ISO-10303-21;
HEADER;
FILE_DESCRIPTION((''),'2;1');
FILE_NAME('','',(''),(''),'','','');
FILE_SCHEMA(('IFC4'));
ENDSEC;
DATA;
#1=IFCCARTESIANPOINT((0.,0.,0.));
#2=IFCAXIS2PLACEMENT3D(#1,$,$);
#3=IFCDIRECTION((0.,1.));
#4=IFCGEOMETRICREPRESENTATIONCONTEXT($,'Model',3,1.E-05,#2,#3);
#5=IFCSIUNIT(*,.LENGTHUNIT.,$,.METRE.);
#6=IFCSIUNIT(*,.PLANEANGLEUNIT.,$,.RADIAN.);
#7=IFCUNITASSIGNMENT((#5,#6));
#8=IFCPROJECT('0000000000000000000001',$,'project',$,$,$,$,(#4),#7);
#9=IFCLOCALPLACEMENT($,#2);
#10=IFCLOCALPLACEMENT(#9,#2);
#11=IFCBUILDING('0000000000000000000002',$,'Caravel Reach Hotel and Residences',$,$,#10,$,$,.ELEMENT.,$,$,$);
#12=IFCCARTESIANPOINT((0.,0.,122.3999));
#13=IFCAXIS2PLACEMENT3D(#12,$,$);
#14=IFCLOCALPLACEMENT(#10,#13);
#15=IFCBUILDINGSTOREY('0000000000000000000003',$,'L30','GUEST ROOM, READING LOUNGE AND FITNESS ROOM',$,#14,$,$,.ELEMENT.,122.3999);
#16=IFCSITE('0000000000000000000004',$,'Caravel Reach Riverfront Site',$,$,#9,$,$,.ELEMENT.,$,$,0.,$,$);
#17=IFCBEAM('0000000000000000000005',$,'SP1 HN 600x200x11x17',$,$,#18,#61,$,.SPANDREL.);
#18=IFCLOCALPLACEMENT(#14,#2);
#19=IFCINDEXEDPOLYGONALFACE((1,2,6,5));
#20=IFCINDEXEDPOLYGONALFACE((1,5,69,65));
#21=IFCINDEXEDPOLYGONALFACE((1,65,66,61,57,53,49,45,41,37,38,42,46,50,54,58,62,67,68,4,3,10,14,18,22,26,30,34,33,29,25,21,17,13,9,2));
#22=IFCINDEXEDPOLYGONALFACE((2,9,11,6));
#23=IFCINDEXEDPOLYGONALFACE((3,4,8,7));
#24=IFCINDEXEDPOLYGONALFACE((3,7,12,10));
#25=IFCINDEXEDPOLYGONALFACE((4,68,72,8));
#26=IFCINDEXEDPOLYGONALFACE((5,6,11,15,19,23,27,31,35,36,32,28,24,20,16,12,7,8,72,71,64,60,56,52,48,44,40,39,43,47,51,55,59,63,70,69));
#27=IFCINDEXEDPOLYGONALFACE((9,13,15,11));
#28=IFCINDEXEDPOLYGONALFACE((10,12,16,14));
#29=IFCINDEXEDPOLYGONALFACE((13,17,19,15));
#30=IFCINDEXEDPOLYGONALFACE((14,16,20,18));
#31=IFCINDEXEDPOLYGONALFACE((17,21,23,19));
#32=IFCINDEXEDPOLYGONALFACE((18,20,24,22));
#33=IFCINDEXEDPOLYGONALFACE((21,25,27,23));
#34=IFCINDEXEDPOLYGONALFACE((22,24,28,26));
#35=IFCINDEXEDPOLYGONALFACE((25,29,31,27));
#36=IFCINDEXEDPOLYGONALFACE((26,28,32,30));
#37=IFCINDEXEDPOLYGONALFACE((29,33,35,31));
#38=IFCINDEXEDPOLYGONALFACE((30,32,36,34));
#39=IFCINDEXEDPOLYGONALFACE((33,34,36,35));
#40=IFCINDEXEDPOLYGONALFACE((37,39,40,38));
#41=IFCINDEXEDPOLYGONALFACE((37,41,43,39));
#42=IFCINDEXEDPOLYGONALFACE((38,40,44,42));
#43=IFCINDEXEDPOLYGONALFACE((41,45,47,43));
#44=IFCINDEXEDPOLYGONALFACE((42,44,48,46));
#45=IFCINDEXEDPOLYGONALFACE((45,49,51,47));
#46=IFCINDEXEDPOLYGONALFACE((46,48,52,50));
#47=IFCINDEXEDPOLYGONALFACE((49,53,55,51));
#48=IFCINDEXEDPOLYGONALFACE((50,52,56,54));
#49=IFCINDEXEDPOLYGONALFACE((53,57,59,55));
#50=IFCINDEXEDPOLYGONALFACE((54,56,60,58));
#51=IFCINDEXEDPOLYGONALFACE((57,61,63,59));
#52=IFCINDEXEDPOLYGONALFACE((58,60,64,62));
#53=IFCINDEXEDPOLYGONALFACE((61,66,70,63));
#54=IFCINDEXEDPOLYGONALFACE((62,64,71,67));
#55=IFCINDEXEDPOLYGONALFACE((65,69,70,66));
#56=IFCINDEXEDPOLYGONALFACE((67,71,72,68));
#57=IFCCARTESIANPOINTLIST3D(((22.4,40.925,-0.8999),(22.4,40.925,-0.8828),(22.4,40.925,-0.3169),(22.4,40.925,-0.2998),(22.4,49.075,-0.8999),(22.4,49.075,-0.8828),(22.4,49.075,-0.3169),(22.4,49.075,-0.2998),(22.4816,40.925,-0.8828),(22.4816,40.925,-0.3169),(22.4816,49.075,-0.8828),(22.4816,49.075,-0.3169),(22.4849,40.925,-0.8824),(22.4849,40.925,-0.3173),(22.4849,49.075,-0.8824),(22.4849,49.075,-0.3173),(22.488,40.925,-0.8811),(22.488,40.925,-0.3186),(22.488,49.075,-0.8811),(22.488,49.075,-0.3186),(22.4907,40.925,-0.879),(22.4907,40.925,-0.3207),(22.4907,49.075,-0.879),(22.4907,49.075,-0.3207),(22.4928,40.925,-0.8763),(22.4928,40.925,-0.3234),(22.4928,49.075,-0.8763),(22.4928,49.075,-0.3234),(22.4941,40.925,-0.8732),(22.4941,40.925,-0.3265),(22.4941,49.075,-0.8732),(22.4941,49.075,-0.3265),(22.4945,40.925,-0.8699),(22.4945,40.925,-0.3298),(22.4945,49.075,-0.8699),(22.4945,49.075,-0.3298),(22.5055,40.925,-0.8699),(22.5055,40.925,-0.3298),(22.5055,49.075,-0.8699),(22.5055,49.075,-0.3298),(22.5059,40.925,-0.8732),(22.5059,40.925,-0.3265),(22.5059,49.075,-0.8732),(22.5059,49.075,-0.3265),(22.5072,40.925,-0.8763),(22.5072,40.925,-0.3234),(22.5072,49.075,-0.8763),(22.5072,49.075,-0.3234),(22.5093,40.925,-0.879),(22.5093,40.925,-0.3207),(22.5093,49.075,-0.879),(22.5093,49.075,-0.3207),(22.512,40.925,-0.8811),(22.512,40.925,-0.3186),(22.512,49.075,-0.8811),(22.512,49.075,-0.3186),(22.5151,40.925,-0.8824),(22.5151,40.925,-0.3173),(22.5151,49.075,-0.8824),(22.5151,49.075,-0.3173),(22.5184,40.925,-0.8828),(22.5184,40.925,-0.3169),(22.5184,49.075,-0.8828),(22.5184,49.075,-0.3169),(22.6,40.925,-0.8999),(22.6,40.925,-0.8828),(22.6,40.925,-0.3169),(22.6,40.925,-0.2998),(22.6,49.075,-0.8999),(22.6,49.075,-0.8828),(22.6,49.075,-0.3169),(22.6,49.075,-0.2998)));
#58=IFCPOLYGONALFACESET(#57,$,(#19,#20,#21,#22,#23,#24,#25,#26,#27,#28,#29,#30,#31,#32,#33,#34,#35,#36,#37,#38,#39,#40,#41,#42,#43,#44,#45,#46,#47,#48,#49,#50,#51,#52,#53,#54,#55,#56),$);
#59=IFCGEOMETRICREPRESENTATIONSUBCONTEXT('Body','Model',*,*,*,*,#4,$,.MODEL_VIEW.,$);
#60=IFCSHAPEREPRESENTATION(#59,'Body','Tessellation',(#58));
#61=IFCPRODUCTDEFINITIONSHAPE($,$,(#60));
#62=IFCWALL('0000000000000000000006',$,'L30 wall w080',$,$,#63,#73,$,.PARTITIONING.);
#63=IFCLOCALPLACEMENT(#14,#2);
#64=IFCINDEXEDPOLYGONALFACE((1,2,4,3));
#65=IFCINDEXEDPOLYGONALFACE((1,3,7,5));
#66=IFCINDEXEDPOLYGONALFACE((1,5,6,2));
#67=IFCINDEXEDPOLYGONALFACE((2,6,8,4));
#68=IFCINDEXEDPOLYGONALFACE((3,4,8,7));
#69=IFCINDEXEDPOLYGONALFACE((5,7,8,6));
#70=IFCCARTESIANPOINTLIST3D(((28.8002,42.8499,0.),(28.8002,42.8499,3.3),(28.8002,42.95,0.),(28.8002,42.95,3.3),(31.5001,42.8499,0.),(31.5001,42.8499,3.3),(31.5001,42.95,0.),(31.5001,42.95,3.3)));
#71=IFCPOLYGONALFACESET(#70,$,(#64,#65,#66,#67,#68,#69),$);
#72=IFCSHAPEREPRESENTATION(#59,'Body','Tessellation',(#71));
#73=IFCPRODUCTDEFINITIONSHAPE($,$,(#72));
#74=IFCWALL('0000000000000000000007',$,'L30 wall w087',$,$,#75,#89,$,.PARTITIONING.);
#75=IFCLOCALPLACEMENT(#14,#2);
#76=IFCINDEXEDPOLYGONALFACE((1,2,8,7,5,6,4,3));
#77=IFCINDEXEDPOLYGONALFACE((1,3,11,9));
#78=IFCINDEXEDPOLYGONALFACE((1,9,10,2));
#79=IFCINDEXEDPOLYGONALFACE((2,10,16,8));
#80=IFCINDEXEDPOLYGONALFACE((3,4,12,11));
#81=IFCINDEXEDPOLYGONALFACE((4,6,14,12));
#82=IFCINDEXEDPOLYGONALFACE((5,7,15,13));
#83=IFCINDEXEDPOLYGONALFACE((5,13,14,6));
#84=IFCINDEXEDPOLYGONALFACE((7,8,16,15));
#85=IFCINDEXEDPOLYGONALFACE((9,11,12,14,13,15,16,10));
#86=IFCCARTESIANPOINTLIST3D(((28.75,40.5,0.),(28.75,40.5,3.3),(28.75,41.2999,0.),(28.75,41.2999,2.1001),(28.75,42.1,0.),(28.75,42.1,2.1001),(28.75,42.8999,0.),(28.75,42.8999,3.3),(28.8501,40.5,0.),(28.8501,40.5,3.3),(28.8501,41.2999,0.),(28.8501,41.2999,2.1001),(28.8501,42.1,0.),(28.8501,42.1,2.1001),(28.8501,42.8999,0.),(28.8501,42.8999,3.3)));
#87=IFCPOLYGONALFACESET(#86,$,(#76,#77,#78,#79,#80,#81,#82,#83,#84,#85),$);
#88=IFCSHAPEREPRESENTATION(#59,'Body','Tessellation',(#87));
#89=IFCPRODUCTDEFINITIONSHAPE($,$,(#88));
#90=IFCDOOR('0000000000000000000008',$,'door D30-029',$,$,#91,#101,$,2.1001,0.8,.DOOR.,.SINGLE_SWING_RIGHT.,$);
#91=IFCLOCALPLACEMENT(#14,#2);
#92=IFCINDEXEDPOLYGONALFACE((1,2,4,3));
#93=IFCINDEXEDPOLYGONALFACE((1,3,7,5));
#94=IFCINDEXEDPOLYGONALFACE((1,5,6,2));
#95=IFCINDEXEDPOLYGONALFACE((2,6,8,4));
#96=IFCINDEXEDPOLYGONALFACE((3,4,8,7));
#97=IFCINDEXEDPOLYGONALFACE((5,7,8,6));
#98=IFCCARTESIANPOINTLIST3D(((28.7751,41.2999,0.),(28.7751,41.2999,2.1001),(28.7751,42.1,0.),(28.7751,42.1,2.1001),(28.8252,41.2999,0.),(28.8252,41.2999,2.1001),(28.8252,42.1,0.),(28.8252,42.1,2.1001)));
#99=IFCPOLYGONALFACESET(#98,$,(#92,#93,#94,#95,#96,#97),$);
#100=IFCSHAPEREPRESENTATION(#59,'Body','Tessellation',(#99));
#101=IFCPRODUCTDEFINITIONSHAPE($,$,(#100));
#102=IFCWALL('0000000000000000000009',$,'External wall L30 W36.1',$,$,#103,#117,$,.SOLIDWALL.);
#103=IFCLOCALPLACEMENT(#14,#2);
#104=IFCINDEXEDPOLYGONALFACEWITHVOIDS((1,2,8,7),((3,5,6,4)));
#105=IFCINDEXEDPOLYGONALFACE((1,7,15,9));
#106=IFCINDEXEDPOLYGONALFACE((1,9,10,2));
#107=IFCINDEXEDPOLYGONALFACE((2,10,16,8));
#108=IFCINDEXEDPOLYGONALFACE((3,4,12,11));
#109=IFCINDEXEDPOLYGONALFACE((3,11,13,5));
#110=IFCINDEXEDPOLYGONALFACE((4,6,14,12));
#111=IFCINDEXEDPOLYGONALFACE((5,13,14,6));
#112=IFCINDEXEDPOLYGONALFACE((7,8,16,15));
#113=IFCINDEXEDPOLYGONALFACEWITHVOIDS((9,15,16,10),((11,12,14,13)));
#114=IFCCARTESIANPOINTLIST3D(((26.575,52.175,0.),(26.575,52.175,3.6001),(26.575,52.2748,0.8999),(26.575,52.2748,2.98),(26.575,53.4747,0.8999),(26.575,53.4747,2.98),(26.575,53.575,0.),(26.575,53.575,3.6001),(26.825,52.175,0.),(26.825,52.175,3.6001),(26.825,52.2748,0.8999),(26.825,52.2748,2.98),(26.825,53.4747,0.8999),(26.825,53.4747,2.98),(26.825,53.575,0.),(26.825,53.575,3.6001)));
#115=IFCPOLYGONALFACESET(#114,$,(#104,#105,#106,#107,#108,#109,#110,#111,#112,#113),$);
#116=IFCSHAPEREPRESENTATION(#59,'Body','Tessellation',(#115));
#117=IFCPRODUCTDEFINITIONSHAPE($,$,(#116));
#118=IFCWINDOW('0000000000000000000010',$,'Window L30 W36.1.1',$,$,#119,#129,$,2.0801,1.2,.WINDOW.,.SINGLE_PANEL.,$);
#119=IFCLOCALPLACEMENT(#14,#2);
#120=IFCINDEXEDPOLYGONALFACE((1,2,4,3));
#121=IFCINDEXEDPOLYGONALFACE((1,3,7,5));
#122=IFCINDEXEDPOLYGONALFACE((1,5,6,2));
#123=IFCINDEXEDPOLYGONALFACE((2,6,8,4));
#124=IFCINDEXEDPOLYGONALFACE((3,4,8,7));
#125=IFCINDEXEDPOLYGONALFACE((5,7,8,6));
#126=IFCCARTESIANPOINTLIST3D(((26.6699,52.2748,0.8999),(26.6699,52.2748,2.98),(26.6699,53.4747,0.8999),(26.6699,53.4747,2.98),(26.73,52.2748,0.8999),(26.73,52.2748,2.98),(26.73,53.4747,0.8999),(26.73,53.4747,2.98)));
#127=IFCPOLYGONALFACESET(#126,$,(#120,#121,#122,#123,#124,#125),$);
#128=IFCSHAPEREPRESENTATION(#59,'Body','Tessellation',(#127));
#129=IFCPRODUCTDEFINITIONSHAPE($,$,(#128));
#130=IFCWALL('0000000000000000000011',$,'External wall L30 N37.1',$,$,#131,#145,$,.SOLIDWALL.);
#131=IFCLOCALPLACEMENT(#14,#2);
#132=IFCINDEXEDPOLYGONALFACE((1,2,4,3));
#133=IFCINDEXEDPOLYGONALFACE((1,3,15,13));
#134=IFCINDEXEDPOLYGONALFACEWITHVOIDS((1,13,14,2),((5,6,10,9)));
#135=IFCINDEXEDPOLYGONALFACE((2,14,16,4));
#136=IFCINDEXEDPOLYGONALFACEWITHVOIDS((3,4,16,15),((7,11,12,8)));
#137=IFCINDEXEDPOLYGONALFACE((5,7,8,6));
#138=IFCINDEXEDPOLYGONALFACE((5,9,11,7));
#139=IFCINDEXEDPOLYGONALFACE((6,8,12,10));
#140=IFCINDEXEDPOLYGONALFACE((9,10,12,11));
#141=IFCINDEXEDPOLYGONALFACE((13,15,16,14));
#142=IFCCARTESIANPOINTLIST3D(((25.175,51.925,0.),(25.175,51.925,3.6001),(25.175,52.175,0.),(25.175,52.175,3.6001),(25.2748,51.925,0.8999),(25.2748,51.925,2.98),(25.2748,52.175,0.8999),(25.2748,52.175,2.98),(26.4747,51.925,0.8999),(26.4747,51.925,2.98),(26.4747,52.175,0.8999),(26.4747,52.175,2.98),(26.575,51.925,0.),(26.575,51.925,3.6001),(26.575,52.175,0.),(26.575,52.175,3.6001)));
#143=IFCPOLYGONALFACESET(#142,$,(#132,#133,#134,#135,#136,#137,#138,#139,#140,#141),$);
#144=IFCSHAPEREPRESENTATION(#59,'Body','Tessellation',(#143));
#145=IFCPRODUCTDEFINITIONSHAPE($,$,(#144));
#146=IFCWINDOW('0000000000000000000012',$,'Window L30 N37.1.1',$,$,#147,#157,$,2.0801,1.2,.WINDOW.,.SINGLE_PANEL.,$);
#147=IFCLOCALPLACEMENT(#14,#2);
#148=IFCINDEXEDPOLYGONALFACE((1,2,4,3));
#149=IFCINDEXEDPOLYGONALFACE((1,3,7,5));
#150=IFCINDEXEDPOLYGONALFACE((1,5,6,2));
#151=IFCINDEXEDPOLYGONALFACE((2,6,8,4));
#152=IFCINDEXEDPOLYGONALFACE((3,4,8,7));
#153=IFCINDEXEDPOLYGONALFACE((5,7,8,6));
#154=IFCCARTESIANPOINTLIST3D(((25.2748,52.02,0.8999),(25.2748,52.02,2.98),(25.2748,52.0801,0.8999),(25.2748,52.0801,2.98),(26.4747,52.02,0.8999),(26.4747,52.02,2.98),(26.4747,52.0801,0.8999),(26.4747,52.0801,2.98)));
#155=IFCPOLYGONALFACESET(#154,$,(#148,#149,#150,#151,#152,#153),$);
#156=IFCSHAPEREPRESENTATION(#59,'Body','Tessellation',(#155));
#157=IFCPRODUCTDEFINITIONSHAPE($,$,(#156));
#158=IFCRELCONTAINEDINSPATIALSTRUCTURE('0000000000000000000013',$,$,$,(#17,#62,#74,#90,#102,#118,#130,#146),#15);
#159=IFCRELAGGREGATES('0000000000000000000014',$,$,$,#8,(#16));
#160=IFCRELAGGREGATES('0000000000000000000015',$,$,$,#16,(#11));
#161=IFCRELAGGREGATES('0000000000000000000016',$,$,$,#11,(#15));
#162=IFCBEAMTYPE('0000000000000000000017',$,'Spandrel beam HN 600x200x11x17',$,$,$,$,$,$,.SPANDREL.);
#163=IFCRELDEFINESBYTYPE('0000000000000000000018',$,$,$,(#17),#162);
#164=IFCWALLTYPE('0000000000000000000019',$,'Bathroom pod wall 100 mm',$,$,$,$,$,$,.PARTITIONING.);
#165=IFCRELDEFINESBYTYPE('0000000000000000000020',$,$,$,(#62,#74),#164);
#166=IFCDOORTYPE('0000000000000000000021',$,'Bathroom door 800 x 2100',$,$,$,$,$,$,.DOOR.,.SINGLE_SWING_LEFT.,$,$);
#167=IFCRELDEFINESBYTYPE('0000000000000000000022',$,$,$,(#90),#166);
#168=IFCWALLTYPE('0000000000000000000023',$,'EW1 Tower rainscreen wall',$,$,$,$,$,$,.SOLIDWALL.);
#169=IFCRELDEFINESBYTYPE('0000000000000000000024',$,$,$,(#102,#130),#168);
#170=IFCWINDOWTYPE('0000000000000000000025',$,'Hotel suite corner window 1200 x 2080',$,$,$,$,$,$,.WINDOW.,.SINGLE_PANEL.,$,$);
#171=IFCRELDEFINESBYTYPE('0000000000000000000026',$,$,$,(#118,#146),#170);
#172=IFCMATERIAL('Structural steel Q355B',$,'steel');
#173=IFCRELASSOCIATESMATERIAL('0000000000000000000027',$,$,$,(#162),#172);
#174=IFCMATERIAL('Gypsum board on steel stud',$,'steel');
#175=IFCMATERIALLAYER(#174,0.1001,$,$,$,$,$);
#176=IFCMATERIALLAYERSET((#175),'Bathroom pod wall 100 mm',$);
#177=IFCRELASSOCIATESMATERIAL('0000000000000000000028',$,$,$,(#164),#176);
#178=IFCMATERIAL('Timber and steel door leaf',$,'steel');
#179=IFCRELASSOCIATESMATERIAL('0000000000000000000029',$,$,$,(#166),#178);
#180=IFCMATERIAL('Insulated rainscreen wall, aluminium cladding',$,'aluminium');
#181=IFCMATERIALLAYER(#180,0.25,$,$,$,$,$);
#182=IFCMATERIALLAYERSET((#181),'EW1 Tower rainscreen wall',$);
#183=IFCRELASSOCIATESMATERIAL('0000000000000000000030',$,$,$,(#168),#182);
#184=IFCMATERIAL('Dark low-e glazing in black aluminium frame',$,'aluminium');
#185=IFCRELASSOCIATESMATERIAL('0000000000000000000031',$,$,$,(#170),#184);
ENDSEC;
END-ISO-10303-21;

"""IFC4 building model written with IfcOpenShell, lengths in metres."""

from ifc_helpers import new_model, si_unit, direction, frame, frame_2d, origin, origin_2d, place, context, subcontext, project, spatial, rectangle, i_section, extrude, material, layer, layer_set, material_profile, profile_set, type_object, element, fill, save


model = new_model("IFC4")

# Units and contexts
model_context = context("Model", 3, precision=1e-05, world=origin(), true_north=direction((0.0, 1.0)))
body_context = subcontext(model_context, "Body", "Model", "MODEL_VIEW")
ifc_project = project(units=[si_unit("LENGTHUNIT", "METRE"), si_unit("PLANEANGLEUNIT", "RADIAN")], contexts=[model_context])

# Site, building, storey
site_placement = place(None, origin())
site = spatial("IfcSite", under=ifc_project, at=site_placement, Name="Caravel Reach Riverfront Site", CompositionType="ELEMENT", RefElevation=0.0)
building_placement = place(site_placement, origin())
building = spatial("IfcBuilding", under=site, at=building_placement, Name="Caravel Reach Hotel and Residences", CompositionType="ELEMENT")
storey_placement = place(building_placement, frame((0.0, 0.0, 122.3999)))
storey = spatial("IfcBuildingStorey", under=building, at=storey_placement, Name="L30", Description="GUEST ROOM, READING LOUNGE AND FITNESS ROOM", CompositionType="ELEMENT", Elevation=122.3999)

# Beam
ifc_material_1 = material(Name="Structural steel Q355B", Category="steel")
ifc_material_profile_1 = material_profile(ifc_material_1, i_section(OverallWidth=0.2, OverallDepth=0.6001, WebThickness=0.011, FlangeThickness=0.0171, FilletRadius=0.0129, at=origin_2d()), Name="HN 600x200x11x17")
ifc_profile_set_1 = profile_set([ifc_material_profile_1], Name="Structural steel Q355B")
beam_type_1 = type_object("IfcBeamType", Name="Spandrel beam HN 600x200x11x17", PredefinedType="SPANDREL", material=ifc_profile_set_1)
beam_1_placement = place(storey_placement, frame((22.5, 49.075, -0.5999), z_axis=(0.0, -1.0, 0.0), x_axis=(1.0, 0.0, 0.0)))
element("IfcBeam", 1, at=beam_1_placement, inside=storey, type_object=beam_type_1, Name="SP1 HN 600x200x11x17", PredefinedType="SPANDREL", context=body_context, shape_type="SweptSolid", body=[
    extrude(i_section(OverallWidth=0.2, OverallDepth=0.6001, WebThickness=0.011, FlangeThickness=0.0171, FilletRadius=0.0129, at=origin_2d()), origin(), (0.0, 0.0, 1.0), 8.1499),
])

# Wall
ifc_material_2 = material(Name="Gypsum board on steel stud", Category="steel")
ifc_layer_1 = layer(ifc_material_2, 0.1001)
ifc_layer_set_1 = layer_set([ifc_layer_1], Name="Bathroom pod wall 100 mm")
wall_type_1 = type_object("IfcWallType", Name="Bathroom pod wall 100 mm", PredefinedType="PARTITIONING", material=ifc_layer_set_1)
wall_1_placement = place(storey_placement, frame((28.8, 42.8999, 0.0), z_axis=(0.0, 0.0, 1.0), x_axis=(1.0, 0.0, 0.0)))
element("IfcWall", 2, at=wall_1_placement, inside=storey, type_object=wall_type_1, Name="L30 wall w080", PredefinedType="PARTITIONING", context=body_context, shape_type="SweptSolid", body=[
    extrude(rectangle(XDim=2.7, YDim=0.1001, at=frame_2d((1.3501, 0.0))), origin(), (0.0, 0.0, 1.0), 3.3),
])

# Wall, opening, door
wall_2_placement = place(storey_placement, frame((28.8, 40.5, 0.0), z_axis=(0.0, 0.0, 1.0), x_axis=(0.0, 1.0, 0.0)))
wall_2 = element("IfcWall", 3, at=wall_2_placement, inside=storey, type_object=wall_type_1, Name="L30 wall w087", PredefinedType="PARTITIONING", context=body_context, shape_type="SweptSolid", body=[
    extrude(rectangle(XDim=2.3999, YDim=0.1001, at=frame_2d((1.2, 0.0))), origin(), (0.0, 0.0, 1.0), 3.3),
])
opening_1_placement = place(wall_2_placement, frame((0.8, 0.0, 0.0)))
opening_1 = element("IfcOpeningElement", 4, at=opening_1_placement, cuts=wall_2, PredefinedType="OPENING", context=body_context, shape_type="SweptSolid", body=[
    extrude(rectangle(XDim=0.8, YDim=2.1001, at=frame_2d((0.3999, 1.05))), frame((0.0, 0.0601, 0.0), z_axis=(0.0, -1.0, 0.0), x_axis=(1.0, 0.0, 0.0)), (0.0, 0.0, 1.0), 0.1201),
])
ifc_material_3 = material(Name="Timber and steel door leaf", Category="steel")
door_type = type_object("IfcDoorType", Name="Bathroom door 800 x 2100", OperationType="SINGLE_SWING_LEFT", PredefinedType="DOOR", material=ifc_material_3)
door_placement = place(opening_1_placement, origin())
door = element("IfcDoor", 5, at=door_placement, inside=storey, type_object=door_type, Name="door D30-029", OperationType="SINGLE_SWING_RIGHT", OverallHeight=2.1001, OverallWidth=0.8, PredefinedType="DOOR", context=body_context, shape_type="SweptSolid", body=[
    extrude(rectangle(XDim=0.8, YDim=2.1001, at=frame_2d((0.3999, 1.05))), frame((0.0, 0.0249, 0.0), z_axis=(0.0, -1.0, 0.0), x_axis=(1.0, 0.0, 0.0)), (0.0, 0.0, 1.0), 0.05),
])
fill(opening_1, door)

# Walls, openings, windows
ifc_material_4 = material(Name="Insulated rainscreen wall, aluminium cladding", Category="aluminium")
ifc_layer_2 = layer(ifc_material_4, 0.25)
ifc_layer_set_2 = layer_set([ifc_layer_2], Name="EW1 Tower rainscreen wall")
wall_type_2 = type_object("IfcWallType", Name="EW1 Tower rainscreen wall", PredefinedType="SOLIDWALL", material=ifc_layer_set_2)
wall_3_placement = place(storey_placement, frame((26.7, 53.575, 0.0), z_axis=(0.0, 0.0, 1.0), x_axis=(0.0, -1.0, 0.0)))
wall_3 = element("IfcWall", 6, at=wall_3_placement, inside=storey, type_object=wall_type_2, Name="External wall L30 W36.1", PredefinedType="SOLIDWALL", context=body_context, shape_type="SweptSolid", body=[
    extrude(rectangle(XDim=1.3999, YDim=0.25, at=frame_2d((0.7, 0.0))), origin(), (0.0, 0.0, 1.0), 3.6001),
])
opening_2_placement = place(wall_3_placement, frame((0.1001, 0.0, 0.8999)))
opening_2 = element("IfcOpeningElement", 7, at=opening_2_placement, cuts=wall_3, PredefinedType="OPENING", context=body_context, shape_type="SweptSolid", body=[
    extrude(rectangle(XDim=1.2, YDim=2.0801, at=frame_2d((0.6001, 1.04))), frame((0.0, 0.135, 0.0), z_axis=(0.0, -1.0, 0.0), x_axis=(1.0, 0.0, 0.0)), (0.0, 0.0, 1.0), 0.27),
])
ifc_material_5 = material(Name="Dark low-e glazing in black aluminium frame", Category="aluminium")
window_type_1 = type_object("IfcWindowType", Name="Hotel suite corner window 1200 x 2080", PartitioningType="SINGLE_PANEL", PredefinedType="WINDOW", material=ifc_material_5)
window_1_placement = place(opening_2_placement, origin())
window_1 = element("IfcWindow", 8, at=window_1_placement, inside=storey, type_object=window_type_1, Name="Window L30 W36.1.1", OverallHeight=2.0801, OverallWidth=1.2, PartitioningType="SINGLE_PANEL", PredefinedType="WINDOW", context=body_context, shape_type="SweptSolid", body=[
    extrude(rectangle(XDim=1.2, YDim=2.0801, at=frame_2d((0.6001, 1.04))), frame((0.0, 0.03, 0.0), z_axis=(0.0, -1.0, 0.0), x_axis=(1.0, 0.0, 0.0)), (0.0, 0.0, 1.0), 0.0601),
])
fill(opening_2, window_1)
wall_4_placement = place(storey_placement, frame((26.575, 52.05, 0.0), z_axis=(0.0, 0.0, 1.0), x_axis=(-1.0, 0.0, 0.0)))
wall_4 = element("IfcWall", 9, at=wall_4_placement, inside=storey, type_object=wall_type_2, Name="External wall L30 N37.1", PredefinedType="SOLIDWALL", context=body_context, shape_type="SweptSolid", body=[
    extrude(rectangle(XDim=1.3999, YDim=0.25, at=frame_2d((0.7, 0.0))), origin(), (0.0, 0.0, 1.0), 3.6001),
])
opening_3_placement = place(wall_4_placement, frame((0.1001, 0.0, 0.8999)))
opening_3 = element("IfcOpeningElement", 10, at=opening_3_placement, cuts=wall_4, PredefinedType="OPENING", context=body_context, shape_type="SweptSolid", body=[
    extrude(rectangle(XDim=1.2, YDim=2.0801, at=frame_2d((0.6001, 1.04))), frame((0.0, 0.135, 0.0), z_axis=(0.0, -1.0, 0.0), x_axis=(1.0, 0.0, 0.0)), (0.0, 0.0, 1.0), 0.27),
])
window_2_placement = place(opening_3_placement, origin())
window_2 = element("IfcWindow", 11, at=window_2_placement, inside=storey, type_object=window_type_1, Name="Window L30 N37.1.1", OverallHeight=2.0801, OverallWidth=1.2, PartitioningType="SINGLE_PANEL", PredefinedType="WINDOW", context=body_context, shape_type="SweptSolid", body=[
    extrude(rectangle(XDim=1.2, YDim=2.0801, at=frame_2d((0.6001, 1.04))), frame((0.0, 0.03, 0.0), z_axis=(0.0, -1.0, 0.0), x_axis=(1.0, 0.0, 0.0)), (0.0, 0.0, 1.0), 0.0601),
])
fill(opening_3, window_2)

save(model, "model.ifc")
